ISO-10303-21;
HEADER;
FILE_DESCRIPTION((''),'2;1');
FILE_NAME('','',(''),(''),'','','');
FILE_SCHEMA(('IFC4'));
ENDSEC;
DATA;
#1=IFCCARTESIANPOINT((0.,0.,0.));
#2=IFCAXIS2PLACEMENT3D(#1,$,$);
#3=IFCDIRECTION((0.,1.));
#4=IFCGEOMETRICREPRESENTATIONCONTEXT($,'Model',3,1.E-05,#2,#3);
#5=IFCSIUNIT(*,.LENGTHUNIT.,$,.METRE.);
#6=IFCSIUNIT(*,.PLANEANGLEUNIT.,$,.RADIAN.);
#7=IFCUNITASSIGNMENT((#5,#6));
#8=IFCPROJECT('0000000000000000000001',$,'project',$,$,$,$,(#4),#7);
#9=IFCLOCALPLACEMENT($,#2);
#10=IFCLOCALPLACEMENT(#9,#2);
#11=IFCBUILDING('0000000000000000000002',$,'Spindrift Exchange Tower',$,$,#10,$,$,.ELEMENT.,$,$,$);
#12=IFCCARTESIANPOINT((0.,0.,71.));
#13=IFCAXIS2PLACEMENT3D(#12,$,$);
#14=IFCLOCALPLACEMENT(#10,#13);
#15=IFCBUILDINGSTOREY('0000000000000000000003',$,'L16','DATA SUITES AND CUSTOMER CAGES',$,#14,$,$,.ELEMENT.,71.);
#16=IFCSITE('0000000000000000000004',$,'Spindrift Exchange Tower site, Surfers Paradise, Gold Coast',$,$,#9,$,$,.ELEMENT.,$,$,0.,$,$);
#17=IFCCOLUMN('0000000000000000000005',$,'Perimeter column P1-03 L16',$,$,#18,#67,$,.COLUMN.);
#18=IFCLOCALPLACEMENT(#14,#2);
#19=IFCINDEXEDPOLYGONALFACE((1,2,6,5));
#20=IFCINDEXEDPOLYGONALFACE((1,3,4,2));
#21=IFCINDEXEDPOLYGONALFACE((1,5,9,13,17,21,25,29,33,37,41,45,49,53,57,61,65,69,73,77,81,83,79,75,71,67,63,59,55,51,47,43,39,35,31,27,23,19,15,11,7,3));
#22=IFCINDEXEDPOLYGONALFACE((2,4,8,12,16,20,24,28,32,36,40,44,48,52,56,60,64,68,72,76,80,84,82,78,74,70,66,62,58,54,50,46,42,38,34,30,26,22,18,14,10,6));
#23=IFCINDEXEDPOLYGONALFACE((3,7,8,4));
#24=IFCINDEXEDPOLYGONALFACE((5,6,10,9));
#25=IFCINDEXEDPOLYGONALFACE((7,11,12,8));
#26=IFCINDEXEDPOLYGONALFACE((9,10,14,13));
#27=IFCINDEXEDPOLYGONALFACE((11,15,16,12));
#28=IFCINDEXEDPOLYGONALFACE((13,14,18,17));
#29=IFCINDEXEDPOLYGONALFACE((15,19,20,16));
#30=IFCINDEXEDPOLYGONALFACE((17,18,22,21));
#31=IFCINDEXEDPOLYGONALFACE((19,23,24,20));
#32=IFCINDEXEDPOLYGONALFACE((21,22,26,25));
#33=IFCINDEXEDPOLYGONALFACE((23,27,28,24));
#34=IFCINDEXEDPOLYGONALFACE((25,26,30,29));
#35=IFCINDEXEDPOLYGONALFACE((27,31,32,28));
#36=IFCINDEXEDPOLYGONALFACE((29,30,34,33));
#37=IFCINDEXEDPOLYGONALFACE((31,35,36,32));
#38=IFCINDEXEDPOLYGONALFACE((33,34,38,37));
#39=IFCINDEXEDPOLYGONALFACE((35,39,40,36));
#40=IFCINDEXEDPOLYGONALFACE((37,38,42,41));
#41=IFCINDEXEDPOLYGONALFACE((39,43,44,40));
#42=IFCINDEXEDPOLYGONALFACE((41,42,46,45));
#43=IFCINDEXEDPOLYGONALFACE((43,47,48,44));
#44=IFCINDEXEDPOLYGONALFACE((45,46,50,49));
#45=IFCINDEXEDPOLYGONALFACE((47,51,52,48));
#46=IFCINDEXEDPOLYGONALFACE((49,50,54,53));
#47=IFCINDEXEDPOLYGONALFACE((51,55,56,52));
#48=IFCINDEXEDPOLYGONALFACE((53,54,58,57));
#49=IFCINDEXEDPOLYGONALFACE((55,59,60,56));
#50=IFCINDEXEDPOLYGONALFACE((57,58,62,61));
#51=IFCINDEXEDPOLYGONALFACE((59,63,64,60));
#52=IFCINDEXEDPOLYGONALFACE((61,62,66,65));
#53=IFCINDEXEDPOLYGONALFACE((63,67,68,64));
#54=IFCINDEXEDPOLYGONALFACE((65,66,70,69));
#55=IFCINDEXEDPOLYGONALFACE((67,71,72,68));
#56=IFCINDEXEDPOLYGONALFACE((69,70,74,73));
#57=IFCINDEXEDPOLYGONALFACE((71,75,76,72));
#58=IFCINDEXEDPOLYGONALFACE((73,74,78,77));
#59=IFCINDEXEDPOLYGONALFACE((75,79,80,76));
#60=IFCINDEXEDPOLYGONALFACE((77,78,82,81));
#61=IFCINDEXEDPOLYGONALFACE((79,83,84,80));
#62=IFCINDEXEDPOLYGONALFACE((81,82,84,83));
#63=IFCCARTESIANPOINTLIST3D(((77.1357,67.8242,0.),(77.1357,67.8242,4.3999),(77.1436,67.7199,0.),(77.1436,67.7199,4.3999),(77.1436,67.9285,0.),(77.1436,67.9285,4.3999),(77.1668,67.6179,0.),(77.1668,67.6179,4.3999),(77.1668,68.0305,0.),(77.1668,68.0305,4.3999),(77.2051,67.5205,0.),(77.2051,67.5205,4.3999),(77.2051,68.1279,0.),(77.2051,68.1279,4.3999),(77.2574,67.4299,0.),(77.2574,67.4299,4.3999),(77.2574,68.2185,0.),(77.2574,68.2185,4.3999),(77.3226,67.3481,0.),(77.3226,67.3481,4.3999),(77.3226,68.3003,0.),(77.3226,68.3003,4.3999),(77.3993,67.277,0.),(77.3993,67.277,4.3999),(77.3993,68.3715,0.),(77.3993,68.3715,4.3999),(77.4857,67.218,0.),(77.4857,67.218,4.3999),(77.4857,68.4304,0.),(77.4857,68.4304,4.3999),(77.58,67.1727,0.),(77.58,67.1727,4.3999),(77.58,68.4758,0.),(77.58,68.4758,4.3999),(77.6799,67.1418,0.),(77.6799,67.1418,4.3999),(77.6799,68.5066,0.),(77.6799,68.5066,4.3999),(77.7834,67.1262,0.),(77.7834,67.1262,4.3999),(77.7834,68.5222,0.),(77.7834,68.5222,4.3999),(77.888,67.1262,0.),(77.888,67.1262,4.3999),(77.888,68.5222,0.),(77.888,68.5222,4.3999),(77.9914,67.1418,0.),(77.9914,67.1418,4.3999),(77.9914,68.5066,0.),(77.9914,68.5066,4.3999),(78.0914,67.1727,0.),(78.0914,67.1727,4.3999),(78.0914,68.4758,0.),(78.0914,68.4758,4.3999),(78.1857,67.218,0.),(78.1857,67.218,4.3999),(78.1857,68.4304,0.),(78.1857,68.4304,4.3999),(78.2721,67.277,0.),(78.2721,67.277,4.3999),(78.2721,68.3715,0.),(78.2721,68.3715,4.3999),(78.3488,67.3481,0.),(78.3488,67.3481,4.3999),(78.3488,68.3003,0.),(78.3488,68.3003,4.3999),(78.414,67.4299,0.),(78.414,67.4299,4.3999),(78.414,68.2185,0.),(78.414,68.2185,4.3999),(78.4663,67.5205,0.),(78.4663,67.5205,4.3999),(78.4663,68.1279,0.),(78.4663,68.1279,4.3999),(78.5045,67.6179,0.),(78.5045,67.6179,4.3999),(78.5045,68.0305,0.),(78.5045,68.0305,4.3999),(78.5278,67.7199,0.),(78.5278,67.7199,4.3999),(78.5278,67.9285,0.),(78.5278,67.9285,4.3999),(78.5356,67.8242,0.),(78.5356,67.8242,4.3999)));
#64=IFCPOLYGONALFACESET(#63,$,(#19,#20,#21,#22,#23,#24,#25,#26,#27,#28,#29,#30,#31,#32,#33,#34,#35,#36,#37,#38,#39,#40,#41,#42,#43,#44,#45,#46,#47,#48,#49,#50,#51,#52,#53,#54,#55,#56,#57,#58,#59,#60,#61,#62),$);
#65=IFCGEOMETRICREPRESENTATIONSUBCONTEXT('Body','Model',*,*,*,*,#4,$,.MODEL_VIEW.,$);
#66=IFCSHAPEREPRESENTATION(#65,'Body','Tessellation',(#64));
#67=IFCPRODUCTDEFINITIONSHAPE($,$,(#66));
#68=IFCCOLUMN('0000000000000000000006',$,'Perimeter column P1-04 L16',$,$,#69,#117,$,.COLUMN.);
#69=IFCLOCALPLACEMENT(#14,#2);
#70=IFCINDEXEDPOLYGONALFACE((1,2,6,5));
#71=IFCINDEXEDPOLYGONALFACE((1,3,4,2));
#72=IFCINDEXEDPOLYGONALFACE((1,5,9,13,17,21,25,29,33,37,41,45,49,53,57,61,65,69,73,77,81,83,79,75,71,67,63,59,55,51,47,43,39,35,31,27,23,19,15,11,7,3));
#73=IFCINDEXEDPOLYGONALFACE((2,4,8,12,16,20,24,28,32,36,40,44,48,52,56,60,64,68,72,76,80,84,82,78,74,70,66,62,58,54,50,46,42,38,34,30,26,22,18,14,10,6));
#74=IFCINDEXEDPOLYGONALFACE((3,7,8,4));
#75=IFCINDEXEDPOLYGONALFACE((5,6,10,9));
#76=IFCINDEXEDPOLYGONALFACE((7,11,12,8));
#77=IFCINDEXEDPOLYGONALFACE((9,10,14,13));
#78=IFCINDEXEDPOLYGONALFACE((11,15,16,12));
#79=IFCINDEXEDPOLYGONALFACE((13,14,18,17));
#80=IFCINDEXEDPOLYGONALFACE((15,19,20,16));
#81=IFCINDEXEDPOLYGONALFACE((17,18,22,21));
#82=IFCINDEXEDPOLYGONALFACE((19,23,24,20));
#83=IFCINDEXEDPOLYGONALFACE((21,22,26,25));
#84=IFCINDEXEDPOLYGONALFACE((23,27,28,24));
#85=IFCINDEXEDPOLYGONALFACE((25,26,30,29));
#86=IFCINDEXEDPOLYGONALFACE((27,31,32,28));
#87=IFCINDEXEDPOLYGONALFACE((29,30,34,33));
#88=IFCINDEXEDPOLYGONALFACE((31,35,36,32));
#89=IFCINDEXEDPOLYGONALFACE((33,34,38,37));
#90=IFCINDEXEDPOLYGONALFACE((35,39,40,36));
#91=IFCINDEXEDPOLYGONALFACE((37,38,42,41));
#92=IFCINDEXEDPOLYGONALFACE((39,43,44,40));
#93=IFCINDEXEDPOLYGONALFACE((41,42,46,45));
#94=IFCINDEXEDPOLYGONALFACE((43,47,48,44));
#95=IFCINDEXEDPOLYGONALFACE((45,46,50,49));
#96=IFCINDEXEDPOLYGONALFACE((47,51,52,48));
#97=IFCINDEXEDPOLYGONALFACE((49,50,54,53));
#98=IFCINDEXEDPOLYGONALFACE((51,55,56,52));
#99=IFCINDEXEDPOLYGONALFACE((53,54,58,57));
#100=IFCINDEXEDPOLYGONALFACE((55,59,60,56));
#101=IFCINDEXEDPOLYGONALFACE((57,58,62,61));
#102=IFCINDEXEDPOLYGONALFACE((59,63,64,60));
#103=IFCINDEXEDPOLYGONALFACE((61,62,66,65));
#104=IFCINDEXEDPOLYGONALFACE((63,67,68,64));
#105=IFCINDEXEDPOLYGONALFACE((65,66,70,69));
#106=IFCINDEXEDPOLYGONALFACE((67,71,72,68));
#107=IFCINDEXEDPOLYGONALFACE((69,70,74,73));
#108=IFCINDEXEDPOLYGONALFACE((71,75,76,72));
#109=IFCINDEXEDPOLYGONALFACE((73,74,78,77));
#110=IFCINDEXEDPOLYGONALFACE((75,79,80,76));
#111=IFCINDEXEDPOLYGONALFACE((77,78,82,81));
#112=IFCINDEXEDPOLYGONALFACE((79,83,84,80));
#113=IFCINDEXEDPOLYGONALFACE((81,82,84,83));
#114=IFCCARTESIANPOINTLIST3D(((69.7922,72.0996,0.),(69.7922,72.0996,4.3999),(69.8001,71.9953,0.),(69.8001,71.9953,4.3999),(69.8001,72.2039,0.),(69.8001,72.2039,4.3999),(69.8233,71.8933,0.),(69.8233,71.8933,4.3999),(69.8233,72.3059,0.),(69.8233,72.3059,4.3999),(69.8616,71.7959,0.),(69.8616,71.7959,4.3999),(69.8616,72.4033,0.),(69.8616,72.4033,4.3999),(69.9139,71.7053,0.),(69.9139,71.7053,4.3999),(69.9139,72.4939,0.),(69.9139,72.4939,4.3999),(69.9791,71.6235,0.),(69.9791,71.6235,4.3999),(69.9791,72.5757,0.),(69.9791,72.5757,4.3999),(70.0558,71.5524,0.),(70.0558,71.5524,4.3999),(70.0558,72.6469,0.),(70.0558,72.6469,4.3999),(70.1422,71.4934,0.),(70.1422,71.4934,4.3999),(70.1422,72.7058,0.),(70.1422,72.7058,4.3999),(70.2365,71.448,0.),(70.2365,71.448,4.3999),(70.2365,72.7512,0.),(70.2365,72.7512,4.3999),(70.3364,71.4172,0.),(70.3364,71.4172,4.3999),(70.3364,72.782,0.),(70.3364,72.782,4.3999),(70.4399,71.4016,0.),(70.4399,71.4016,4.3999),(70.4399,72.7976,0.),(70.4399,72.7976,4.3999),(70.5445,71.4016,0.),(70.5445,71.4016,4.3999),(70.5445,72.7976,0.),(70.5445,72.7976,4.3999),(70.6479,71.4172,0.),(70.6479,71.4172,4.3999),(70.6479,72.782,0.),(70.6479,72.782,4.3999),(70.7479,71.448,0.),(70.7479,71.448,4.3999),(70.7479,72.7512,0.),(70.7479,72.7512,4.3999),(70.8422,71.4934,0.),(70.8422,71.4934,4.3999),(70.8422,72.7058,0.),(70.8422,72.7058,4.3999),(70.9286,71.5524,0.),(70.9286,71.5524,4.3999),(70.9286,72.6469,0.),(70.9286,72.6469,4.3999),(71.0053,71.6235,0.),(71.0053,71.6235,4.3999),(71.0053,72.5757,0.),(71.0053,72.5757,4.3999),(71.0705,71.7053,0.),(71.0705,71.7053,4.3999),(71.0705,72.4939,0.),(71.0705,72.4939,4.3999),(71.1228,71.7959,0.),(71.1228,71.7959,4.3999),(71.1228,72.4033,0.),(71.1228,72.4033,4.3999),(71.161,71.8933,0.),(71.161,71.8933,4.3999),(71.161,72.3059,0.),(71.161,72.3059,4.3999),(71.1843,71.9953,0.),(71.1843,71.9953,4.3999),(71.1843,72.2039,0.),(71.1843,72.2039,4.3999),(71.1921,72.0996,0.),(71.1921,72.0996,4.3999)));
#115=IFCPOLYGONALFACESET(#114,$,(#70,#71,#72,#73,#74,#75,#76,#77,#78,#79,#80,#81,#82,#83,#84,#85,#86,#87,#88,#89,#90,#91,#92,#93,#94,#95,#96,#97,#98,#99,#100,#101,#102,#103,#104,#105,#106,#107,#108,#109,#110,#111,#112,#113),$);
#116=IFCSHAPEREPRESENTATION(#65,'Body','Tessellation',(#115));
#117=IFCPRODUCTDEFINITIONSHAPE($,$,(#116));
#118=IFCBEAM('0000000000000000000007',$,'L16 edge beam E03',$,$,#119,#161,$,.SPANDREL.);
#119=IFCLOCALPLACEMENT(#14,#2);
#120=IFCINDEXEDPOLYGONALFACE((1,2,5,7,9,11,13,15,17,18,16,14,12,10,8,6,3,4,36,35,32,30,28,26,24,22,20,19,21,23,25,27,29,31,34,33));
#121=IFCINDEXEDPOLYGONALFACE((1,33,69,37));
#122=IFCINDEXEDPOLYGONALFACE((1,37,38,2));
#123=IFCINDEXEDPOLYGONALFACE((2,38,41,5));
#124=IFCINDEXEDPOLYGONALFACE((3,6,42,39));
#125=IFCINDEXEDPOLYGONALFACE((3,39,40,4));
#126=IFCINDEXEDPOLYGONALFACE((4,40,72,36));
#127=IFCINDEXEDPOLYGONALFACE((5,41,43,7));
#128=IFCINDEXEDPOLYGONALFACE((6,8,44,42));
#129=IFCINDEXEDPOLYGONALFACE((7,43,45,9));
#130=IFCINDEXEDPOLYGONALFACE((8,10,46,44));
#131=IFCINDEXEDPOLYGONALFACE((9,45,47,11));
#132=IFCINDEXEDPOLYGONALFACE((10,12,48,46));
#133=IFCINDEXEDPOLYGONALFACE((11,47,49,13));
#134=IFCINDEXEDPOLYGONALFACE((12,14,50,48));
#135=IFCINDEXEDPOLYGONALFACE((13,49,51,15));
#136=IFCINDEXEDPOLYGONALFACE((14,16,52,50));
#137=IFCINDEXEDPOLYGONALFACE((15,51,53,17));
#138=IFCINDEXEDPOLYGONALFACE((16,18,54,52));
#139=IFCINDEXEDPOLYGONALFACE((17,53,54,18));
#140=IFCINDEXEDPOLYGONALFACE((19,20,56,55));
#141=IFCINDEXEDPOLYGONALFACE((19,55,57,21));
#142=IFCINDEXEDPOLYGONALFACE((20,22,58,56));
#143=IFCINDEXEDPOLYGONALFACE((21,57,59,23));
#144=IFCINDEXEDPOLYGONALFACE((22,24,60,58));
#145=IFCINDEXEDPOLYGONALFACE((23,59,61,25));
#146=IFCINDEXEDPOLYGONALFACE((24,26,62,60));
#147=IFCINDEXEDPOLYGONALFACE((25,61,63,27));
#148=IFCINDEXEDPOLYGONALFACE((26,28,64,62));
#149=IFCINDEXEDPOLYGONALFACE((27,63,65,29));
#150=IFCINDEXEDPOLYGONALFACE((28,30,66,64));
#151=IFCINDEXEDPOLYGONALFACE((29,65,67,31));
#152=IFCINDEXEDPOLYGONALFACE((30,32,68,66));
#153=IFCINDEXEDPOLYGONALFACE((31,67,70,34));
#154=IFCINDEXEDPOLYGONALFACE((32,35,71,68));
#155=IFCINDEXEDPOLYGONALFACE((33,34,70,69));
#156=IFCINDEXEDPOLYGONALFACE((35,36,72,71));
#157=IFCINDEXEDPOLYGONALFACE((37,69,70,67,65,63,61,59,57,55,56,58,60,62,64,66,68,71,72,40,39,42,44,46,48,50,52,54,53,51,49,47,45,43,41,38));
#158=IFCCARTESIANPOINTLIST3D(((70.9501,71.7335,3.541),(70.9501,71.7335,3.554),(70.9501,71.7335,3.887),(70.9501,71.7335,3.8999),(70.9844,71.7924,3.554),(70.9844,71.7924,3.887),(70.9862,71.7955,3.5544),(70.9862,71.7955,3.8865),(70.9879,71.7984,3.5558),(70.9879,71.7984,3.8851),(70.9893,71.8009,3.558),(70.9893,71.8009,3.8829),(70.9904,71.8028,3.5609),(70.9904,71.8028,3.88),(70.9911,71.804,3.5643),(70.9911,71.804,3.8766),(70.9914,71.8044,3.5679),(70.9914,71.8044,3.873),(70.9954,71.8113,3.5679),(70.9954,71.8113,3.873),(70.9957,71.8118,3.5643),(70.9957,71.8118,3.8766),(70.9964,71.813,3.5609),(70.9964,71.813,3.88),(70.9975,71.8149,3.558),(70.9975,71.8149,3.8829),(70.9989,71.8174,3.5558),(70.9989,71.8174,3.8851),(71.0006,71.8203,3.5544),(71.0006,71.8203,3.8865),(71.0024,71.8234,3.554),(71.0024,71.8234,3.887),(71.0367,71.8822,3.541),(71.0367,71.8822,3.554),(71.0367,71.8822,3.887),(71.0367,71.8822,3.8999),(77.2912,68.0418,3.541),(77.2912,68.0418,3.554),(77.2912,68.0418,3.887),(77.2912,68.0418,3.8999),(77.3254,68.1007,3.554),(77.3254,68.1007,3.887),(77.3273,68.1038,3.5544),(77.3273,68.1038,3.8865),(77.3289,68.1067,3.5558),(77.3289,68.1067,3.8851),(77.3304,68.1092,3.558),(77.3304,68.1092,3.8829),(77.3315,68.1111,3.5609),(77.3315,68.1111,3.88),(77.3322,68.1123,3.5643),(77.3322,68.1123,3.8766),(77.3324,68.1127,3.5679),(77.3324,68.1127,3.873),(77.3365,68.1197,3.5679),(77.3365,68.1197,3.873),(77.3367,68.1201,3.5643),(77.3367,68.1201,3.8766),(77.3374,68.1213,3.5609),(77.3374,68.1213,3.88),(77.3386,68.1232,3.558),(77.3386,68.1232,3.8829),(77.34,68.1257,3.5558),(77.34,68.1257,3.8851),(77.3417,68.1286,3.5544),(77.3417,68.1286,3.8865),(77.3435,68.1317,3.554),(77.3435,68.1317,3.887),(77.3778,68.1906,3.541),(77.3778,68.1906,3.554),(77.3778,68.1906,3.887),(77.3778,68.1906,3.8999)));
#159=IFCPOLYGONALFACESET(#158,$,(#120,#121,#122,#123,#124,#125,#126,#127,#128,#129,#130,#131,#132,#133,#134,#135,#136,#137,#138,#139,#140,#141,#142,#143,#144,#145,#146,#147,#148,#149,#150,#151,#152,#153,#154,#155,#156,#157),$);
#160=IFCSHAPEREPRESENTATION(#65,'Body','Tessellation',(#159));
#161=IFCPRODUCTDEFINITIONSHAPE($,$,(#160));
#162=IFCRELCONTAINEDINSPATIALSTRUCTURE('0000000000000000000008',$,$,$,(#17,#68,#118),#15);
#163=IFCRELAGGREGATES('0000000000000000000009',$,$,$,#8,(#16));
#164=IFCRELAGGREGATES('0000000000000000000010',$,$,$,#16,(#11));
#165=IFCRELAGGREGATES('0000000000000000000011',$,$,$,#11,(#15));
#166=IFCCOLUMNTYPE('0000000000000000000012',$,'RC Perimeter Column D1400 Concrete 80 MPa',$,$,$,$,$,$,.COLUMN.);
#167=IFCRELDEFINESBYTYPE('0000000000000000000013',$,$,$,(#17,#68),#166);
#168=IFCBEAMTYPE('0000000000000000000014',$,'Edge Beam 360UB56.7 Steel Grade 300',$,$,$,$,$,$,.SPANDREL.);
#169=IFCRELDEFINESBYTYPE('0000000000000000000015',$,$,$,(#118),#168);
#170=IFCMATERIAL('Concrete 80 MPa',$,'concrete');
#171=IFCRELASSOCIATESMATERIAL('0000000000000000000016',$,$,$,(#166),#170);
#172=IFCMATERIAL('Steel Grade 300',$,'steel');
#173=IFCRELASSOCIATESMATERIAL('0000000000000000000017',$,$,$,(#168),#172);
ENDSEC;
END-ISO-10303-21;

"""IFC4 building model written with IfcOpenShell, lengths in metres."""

from ifc_helpers import new_model, si_unit, direction, frame, origin, origin_2d, place, context, subcontext, project, spatial, circle, i_section, extrude, source, transform, mapped, material, material_profile, profile_set, type_object, element, save


model = new_model("IFC4")

# Units and contexts
model_context = context("Model", 3, precision=1e-05, world=origin(), true_north=direction((0.0, 1.0)))
body_context = subcontext(model_context, "Body", "Model", "MODEL_VIEW")
ifc_project = project(units=[si_unit("LENGTHUNIT", "METRE"), si_unit("PLANEANGLEUNIT", "RADIAN")], contexts=[model_context])

# Site, building, storey
site_placement = place(None, origin())
site = spatial("IfcSite", under=ifc_project, at=site_placement, Name="Spindrift Exchange Tower site, Surfers Paradise, Gold Coast", CompositionType="ELEMENT", RefElevation=0.0)
building_placement = place(site_placement, origin())
building = spatial("IfcBuilding", under=site, at=building_placement, Name="Spindrift Exchange Tower", CompositionType="ELEMENT")
storey_placement = place(building_placement, frame((0.0, 0.0, 71.0)))
storey = spatial("IfcBuildingStorey", under=building, at=storey_placement, Name="L16", Description="DATA SUITES AND CUSTOMER CAGES", CompositionType="ELEMENT", Elevation=71.0)

# Columns
ifc_material_1 = material(Name="Concrete 80 MPa", Category="concrete")
ifc_material_profile_1 = material_profile(ifc_material_1, circle(Radius=0.7, at=origin_2d()), Name="RC D1400")
ifc_profile_set_1 = profile_set([ifc_material_profile_1], Name="Concrete 80 MPa")
column_type = type_object("IfcColumnType", Name="RC Perimeter Column D1400 Concrete 80 MPa", PredefinedType="COLUMN", material=ifc_profile_set_1)
shared_shape_1 = source(origin(), body_context, "Body", "SweptSolid", [
    extrude(circle(Radius=0.7, at=origin_2d()), origin(), (0.0, 0.0, 1.0), 4.3999),
])
for number, where, z_axis, x_axis, name in (
    (1, (77.8357, 67.8242, 0.0), (0.0, 0.0, 1.0), (1.0, 0.0, 0.0), "Perimeter column P1-03 L16"),
    (2, (70.4922, 72.0996, 0.0), (0.0, 0.0, 1.0), (1.0, 0.0, 0.0), "Perimeter column P1-04 L16"),
):
    element("IfcColumn", number, at=place(storey_placement, frame(where, z_axis=z_axis, x_axis=x_axis)), inside=storey, type_object=column_type, Name=name, PredefinedType="COLUMN", context=body_context, shape_type="MappedRepresentation", body=[
        mapped(shared_shape_1, transform((0.0, 0.0, 0.0), scale=1.0)),
    ])

# Beam
ifc_material_2 = material(Name="Steel Grade 300", Category="steel")
ifc_material_profile_2 = material_profile(ifc_material_2, i_section(OverallWidth=0.1721, OverallDepth=0.3589, WebThickness=0.0081, FlangeThickness=0.0129, FilletRadius=0.0139, at=origin_2d()), Name="360UB56.7")
ifc_profile_set_2 = profile_set([ifc_material_profile_2], Name="Steel Grade 300")
beam_type_1 = type_object("IfcBeamType", Name="Edge Beam 360UB56.7 Steel Grade 300", PredefinedType="SPANDREL", material=ifc_profile_set_2)
shared_shape_2 = source(origin(), body_context, "Body", "SweptSolid", [
    extrude(i_section(OverallWidth=0.1721, OverallDepth=0.3589, WebThickness=0.0081, FlangeThickness=0.0129, FilletRadius=0.0139, at=origin_2d()), origin(), (0.0, 0.0, 1.0), 7.3374),
])
beam_1_placement = place(storey_placement, frame((77.3345, 68.1162, 3.7205), z_axis=(-0.864212, 0.503128, 0.0), x_axis=(-0.503128, -0.864212, 0.0)))
element("IfcBeam", 3, at=beam_1_placement, inside=storey, type_object=beam_type_1, Name="L16 edge beam E03", PredefinedType="SPANDREL", context=body_context, shape_type="MappedRepresentation", body=[
    mapped(shared_shape_2, transform((0.0, 0.0, 0.0), scale=1.0)),
])

save(model, "model.ifc")
